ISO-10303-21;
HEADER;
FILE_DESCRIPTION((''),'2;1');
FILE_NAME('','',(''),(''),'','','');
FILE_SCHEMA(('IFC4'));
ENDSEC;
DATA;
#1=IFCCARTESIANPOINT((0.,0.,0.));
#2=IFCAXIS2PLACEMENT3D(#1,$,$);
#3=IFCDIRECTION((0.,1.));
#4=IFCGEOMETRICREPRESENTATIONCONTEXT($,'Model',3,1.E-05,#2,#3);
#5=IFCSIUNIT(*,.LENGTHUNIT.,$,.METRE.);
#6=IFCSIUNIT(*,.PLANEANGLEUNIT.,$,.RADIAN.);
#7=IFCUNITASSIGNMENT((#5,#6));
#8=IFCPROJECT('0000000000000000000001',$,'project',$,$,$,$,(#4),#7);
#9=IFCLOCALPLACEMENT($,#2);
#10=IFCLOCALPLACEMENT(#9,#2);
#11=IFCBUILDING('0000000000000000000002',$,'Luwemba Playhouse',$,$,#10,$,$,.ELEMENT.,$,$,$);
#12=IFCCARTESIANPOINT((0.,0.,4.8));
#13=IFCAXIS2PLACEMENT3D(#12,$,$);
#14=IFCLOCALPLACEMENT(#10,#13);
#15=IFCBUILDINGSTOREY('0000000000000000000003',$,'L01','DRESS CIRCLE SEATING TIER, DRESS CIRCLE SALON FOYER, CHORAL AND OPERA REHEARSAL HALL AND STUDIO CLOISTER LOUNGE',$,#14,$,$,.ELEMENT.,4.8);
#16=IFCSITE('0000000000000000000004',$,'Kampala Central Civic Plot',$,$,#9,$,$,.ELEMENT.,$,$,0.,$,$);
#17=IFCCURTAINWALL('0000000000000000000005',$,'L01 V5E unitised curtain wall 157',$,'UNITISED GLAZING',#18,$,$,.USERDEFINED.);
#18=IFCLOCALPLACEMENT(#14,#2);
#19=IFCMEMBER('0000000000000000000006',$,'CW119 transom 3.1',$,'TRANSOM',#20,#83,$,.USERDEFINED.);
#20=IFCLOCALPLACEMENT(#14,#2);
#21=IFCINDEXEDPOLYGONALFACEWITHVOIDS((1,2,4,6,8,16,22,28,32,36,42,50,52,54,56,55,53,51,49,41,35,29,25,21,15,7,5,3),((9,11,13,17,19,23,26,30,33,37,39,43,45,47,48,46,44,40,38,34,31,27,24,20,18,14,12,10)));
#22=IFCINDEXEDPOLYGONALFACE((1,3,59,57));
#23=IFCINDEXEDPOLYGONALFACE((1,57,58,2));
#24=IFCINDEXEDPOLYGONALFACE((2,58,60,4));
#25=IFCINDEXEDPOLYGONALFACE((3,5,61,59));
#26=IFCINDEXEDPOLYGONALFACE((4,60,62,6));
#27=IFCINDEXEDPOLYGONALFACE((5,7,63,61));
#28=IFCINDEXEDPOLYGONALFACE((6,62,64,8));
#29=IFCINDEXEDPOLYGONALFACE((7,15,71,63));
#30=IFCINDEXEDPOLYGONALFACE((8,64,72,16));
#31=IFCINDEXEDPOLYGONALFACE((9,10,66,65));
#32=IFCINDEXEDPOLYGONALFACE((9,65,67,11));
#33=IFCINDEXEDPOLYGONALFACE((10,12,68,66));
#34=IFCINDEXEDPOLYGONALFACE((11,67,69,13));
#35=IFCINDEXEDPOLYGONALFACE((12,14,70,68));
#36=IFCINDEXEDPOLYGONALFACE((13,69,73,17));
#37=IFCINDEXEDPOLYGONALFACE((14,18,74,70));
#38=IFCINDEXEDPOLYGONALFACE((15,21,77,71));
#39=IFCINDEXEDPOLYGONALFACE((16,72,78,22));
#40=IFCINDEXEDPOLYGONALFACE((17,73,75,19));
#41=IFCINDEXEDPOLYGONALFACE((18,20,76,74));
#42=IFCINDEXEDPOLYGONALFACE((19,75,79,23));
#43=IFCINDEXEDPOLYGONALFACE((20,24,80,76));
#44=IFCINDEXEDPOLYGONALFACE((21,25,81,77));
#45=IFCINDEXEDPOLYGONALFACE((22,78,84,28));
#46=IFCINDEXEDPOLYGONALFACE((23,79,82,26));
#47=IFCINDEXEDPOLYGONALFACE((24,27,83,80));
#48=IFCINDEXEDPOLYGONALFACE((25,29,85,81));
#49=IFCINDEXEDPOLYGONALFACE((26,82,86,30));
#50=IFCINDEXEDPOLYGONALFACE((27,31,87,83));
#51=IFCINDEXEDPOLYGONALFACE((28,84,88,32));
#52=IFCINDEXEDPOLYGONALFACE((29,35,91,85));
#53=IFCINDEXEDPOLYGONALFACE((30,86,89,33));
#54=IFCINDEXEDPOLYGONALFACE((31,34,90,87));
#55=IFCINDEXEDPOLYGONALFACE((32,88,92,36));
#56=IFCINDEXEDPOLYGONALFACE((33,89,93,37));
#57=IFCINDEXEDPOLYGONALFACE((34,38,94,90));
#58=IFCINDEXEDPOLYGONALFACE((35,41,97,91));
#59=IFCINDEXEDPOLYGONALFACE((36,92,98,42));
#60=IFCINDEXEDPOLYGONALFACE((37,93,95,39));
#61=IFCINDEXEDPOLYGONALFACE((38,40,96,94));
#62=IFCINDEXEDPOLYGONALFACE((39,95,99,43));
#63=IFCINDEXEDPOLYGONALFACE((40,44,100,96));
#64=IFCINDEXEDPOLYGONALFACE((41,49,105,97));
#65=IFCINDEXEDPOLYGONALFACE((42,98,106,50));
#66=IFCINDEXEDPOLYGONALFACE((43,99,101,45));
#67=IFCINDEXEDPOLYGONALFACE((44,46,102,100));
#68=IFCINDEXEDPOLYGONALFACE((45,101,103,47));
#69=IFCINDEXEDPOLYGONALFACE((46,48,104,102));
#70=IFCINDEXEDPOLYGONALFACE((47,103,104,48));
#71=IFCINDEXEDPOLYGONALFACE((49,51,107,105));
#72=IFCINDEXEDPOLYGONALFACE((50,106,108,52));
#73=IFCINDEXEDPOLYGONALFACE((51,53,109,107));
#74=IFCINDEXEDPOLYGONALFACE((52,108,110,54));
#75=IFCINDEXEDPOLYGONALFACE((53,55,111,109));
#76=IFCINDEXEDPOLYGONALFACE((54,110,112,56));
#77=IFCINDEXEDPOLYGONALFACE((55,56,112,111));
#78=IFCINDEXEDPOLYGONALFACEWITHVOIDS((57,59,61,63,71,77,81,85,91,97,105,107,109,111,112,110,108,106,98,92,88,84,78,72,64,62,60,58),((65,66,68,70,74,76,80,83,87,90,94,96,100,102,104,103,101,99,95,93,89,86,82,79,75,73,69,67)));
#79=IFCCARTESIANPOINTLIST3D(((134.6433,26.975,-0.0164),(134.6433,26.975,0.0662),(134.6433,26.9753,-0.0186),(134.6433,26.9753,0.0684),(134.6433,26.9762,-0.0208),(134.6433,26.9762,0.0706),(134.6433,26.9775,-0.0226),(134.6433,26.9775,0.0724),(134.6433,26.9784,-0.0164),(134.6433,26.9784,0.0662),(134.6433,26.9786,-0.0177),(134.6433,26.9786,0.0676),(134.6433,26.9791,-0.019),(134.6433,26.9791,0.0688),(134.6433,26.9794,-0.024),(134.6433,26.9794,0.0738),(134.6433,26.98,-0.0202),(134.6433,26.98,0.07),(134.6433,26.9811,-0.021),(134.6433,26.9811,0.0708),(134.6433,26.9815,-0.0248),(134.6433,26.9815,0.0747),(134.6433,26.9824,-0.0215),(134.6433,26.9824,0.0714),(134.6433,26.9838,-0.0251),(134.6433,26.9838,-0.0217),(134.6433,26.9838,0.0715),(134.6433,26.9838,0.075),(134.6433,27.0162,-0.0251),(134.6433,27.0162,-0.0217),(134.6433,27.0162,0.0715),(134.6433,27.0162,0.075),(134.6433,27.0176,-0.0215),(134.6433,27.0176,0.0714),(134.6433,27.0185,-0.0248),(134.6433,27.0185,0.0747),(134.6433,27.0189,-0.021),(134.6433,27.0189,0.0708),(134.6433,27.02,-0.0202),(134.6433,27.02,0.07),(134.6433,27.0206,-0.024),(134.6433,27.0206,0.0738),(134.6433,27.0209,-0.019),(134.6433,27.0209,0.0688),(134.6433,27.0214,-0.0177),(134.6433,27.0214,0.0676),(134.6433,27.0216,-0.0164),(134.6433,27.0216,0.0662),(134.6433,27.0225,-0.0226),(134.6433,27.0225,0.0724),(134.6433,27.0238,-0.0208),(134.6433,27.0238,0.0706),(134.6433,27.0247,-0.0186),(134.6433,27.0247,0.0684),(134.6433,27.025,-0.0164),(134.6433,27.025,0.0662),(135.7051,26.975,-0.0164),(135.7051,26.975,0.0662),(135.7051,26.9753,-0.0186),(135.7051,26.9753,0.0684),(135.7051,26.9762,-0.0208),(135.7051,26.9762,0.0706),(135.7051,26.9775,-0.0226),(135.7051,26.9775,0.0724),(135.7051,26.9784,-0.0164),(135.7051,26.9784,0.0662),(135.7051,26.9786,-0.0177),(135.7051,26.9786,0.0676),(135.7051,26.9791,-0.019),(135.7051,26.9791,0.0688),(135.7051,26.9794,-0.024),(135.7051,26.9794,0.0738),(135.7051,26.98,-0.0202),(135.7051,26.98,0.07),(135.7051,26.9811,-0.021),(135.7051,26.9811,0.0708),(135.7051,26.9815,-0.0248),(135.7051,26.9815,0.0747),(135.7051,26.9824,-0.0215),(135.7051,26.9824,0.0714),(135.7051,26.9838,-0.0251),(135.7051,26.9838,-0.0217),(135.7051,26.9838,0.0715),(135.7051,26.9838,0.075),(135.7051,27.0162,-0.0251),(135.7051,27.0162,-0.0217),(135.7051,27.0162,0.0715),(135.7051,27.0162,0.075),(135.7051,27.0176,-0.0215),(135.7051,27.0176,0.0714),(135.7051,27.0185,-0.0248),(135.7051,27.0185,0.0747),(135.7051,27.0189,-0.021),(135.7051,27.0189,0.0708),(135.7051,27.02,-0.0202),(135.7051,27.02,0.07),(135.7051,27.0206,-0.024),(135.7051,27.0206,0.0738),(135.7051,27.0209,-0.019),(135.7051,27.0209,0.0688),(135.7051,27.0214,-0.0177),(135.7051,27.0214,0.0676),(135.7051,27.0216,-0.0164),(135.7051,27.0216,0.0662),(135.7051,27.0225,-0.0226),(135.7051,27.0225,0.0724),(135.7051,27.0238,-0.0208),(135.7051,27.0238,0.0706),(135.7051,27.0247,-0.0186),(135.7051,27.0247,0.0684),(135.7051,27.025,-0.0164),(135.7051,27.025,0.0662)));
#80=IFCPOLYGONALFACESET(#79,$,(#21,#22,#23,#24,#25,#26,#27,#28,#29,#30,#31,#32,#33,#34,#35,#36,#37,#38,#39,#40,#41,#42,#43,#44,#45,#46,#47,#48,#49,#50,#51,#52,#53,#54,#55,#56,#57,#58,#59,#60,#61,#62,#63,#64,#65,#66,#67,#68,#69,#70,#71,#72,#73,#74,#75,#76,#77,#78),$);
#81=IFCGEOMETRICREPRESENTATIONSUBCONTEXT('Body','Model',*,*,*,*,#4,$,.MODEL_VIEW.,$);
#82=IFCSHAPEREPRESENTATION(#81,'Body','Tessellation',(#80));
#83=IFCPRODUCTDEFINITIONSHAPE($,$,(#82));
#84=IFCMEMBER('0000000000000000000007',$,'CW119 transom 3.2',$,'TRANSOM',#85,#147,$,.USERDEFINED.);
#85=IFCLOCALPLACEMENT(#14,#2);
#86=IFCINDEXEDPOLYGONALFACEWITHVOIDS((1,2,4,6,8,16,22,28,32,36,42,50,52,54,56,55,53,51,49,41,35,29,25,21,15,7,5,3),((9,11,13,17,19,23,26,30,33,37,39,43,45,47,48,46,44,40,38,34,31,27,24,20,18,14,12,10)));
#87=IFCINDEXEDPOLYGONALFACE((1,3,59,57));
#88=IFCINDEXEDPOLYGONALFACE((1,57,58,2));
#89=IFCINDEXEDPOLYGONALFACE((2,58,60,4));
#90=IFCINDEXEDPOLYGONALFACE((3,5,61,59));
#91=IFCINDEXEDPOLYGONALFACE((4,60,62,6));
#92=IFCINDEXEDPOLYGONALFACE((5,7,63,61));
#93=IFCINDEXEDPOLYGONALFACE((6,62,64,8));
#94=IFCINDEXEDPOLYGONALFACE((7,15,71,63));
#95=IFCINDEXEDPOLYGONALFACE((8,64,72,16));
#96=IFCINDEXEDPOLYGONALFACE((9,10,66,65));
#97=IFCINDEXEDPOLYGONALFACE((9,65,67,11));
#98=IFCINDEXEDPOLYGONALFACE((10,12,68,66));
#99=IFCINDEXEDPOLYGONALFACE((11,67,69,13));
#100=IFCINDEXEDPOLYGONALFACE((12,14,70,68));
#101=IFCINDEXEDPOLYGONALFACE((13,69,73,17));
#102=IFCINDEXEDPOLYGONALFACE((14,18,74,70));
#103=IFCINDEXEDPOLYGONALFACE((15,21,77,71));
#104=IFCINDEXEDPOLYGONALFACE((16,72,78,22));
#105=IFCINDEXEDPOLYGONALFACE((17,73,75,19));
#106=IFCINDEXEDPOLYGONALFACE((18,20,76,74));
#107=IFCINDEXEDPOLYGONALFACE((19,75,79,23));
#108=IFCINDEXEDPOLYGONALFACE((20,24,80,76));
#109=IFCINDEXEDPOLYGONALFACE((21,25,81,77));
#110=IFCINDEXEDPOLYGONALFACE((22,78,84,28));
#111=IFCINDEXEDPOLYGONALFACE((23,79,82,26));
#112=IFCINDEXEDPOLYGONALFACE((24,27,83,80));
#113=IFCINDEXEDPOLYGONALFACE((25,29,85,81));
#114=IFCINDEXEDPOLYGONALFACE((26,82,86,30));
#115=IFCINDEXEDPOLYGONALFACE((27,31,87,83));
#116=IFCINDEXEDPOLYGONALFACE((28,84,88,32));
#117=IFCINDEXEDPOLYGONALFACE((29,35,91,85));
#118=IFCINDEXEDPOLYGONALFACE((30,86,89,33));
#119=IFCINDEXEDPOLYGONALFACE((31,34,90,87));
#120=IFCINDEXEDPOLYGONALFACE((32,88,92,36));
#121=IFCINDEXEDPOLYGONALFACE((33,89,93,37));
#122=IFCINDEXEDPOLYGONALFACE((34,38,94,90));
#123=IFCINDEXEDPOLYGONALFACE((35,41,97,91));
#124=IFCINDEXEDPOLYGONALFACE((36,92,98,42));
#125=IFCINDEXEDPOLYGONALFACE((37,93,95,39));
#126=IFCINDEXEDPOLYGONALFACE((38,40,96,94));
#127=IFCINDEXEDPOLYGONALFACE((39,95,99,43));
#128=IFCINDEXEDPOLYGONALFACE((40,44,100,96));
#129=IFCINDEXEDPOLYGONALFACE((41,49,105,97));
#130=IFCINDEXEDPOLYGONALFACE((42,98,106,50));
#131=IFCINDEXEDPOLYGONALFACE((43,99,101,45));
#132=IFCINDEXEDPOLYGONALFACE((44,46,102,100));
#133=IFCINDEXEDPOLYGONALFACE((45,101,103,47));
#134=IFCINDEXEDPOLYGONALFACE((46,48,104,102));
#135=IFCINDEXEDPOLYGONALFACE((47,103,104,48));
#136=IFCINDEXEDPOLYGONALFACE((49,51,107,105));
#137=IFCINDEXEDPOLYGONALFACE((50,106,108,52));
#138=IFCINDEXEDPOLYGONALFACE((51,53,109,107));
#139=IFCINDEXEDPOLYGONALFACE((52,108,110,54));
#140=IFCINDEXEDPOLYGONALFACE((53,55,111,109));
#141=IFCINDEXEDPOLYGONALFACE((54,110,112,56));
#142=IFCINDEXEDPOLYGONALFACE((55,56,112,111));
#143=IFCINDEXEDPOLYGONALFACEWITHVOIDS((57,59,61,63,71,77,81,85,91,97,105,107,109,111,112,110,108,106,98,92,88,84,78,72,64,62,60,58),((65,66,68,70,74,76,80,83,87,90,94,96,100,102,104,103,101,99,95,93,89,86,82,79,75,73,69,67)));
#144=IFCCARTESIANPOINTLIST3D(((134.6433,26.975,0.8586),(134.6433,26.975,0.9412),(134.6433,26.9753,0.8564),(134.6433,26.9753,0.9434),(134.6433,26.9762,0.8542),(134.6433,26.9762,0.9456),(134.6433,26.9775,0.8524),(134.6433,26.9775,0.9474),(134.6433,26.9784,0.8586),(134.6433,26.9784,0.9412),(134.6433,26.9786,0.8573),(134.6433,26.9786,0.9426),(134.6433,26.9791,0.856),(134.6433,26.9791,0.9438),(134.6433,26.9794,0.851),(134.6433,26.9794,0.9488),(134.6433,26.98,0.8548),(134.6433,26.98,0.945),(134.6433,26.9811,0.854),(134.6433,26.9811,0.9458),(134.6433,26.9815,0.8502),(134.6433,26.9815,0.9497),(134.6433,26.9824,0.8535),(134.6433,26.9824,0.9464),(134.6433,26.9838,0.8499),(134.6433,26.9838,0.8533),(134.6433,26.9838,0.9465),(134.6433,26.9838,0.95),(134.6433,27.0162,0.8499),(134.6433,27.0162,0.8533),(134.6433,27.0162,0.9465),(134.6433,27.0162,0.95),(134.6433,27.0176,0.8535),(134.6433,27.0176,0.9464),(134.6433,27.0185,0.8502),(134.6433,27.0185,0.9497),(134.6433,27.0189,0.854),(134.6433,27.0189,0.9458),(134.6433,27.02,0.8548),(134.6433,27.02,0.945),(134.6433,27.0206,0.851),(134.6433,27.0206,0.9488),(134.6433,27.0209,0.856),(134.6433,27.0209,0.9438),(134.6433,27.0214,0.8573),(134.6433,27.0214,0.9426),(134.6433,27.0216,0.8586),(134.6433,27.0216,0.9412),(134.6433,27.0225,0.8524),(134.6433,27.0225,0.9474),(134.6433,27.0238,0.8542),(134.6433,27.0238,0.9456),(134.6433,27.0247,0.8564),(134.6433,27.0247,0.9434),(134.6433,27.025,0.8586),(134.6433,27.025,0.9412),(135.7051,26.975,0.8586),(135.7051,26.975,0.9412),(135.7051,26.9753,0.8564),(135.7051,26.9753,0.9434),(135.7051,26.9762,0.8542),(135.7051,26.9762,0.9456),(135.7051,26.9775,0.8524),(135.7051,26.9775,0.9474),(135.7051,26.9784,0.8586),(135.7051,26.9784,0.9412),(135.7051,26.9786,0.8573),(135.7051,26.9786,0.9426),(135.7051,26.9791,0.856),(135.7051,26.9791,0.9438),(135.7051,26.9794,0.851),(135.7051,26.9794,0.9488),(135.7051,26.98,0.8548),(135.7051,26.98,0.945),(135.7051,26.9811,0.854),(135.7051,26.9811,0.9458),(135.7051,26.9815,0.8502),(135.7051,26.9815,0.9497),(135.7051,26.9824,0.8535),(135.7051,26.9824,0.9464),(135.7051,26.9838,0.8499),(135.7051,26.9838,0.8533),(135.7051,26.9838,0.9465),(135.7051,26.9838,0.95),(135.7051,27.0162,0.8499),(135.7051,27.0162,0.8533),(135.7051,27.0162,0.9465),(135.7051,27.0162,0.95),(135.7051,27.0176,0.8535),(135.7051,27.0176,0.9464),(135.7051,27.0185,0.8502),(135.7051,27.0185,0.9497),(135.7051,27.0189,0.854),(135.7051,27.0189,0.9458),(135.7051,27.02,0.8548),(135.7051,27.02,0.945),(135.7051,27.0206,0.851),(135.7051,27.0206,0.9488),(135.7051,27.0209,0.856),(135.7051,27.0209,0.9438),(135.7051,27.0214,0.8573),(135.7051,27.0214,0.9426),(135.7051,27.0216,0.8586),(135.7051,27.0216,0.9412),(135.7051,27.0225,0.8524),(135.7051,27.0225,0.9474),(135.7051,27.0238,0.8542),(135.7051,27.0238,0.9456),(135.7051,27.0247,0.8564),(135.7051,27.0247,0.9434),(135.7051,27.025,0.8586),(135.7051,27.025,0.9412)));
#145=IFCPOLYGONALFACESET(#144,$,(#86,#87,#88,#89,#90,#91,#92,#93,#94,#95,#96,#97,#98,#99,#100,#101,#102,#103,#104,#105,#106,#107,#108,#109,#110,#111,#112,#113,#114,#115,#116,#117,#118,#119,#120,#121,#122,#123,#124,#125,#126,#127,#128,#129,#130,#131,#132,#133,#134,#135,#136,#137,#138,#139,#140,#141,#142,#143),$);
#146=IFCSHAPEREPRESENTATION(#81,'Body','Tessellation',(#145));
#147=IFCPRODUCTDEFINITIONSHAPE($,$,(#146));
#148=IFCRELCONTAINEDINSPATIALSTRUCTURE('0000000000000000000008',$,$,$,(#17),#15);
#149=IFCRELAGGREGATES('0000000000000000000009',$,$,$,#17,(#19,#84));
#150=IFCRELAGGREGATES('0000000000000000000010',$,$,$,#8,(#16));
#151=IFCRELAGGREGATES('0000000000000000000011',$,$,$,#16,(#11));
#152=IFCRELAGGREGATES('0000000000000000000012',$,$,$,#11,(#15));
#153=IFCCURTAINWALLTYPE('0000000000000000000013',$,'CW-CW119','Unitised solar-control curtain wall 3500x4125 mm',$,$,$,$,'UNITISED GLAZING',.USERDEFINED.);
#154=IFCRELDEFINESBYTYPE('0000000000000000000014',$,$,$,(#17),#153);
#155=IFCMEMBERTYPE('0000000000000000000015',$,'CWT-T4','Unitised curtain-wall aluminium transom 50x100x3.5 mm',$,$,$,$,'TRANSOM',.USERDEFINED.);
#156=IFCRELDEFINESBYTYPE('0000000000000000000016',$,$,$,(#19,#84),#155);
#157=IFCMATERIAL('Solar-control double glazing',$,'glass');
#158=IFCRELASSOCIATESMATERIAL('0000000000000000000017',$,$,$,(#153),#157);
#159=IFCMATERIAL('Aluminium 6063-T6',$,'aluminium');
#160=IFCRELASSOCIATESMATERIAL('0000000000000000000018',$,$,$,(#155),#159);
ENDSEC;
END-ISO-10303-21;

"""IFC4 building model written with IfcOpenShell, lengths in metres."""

from ifc_helpers import new_model, si_unit, direction, frame, origin, origin_2d, place, context, subcontext, project, spatial, hollow_rectangle, extrude, material, material_profile, profile_set, type_object, element, aggregate, save


model = new_model("IFC4")

# Units and contexts
model_context = context("Model", 3, precision=1e-05, world=origin(), true_north=direction((0.0, 1.0)))
body_context = subcontext(model_context, "Body", "Model", "MODEL_VIEW")
ifc_project = project(units=[si_unit("LENGTHUNIT", "METRE"), si_unit("PLANEANGLEUNIT", "RADIAN")], contexts=[model_context])

# Site, building, storey
site_placement = place(None, origin())
site = spatial("IfcSite", under=ifc_project, at=site_placement, Name="Kampala Central Civic Plot", CompositionType="ELEMENT", RefElevation=0.0)
building_placement = place(site_placement, origin())
building = spatial("IfcBuilding", under=site, at=building_placement, Name="Luwemba Playhouse", CompositionType="ELEMENT")
storey_placement = place(building_placement, frame((0.0, 0.0, 4.8)))
storey = spatial("IfcBuildingStorey", under=building, at=storey_placement, Name="L01", Description="DRESS CIRCLE SEATING TIER, DRESS CIRCLE SALON FOYER, CHORAL AND OPERA REHEARSAL HALL AND STUDIO CLOISTER LOUNGE", CompositionType="ELEMENT", Elevation=4.8)

# Curtain wall
ifc_material_1 = material(Name="Solar-control double glazing", Category="glass")
ifc_material_2 = material(Name="Aluminium 6063-T6", Category="aluminium")
curtain_wall_type_1 = type_object("IfcCurtainWallType", Name="CW-CW119", Description="Unitised solar-control curtain wall 3500x4125 mm", ElementType="UNITISED GLAZING", PredefinedType="USERDEFINED", material=ifc_material_1)
curtain_wall_1_placement = place(storey_placement, origin())
curtain_wall_1 = element("IfcCurtainWall", 1, at=curtain_wall_1_placement, inside=storey, type_object=curtain_wall_type_1, Name="L01 V5E unitised curtain wall 157", ObjectType="UNITISED GLAZING", PredefinedType="USERDEFINED")

# Members
ifc_material_profile_1 = material_profile(ifc_material_2, hollow_rectangle(XDim=0.05, YDim=0.1001, WallThickness=0.0034, InnerFilletRadius=0.0054, OuterFilletRadius=0.0088, at=origin_2d()))
ifc_profile_set_1 = profile_set([ifc_material_profile_1], Name="Aluminium 6063-T6")
member_type_1 = type_object("IfcMemberType", Name="CWT-T4", Description="Unitised curtain-wall aluminium transom 50x100x3.5 mm", ElementType="TRANSOM", PredefinedType="USERDEFINED", material=ifc_profile_set_1)
member_1_placement = place(storey_placement, frame((134.6433, 27.0, 0.0249), z_axis=(1.0, 0.0, 0.0), x_axis=(0.0, 1.0, 0.0)))
member_1 = element("IfcMember", 2, at=member_1_placement, type_object=member_type_1, Name="CW119 transom 3.1", ObjectType="TRANSOM", PredefinedType="USERDEFINED", context=body_context, shape_type="SweptSolid", body=[
    extrude(hollow_rectangle(XDim=0.05, YDim=0.1001, WallThickness=0.0034, InnerFilletRadius=0.0054, OuterFilletRadius=0.0088, at=origin_2d()), origin(), (0.0, 0.0, 1.0), 1.0618),
])
member_2_placement = place(storey_placement, frame((134.6433, 27.0, 0.8999), z_axis=(1.0, 0.0, 0.0), x_axis=(0.0, 1.0, 0.0)))
member_2 = element("IfcMember", 3, at=member_2_placement, type_object=member_type_1, Name="CW119 transom 3.2", ObjectType="TRANSOM", PredefinedType="USERDEFINED", context=body_context, shape_type="SweptSolid", body=[
    extrude(hollow_rectangle(XDim=0.05, YDim=0.1001, WallThickness=0.0034, InnerFilletRadius=0.0054, OuterFilletRadius=0.0088, at=origin_2d()), origin(), (0.0, 0.0, 1.0), 1.0618),
])

aggregate(curtain_wall_1, [member_1, member_2])

save(model, "model.ifc")
